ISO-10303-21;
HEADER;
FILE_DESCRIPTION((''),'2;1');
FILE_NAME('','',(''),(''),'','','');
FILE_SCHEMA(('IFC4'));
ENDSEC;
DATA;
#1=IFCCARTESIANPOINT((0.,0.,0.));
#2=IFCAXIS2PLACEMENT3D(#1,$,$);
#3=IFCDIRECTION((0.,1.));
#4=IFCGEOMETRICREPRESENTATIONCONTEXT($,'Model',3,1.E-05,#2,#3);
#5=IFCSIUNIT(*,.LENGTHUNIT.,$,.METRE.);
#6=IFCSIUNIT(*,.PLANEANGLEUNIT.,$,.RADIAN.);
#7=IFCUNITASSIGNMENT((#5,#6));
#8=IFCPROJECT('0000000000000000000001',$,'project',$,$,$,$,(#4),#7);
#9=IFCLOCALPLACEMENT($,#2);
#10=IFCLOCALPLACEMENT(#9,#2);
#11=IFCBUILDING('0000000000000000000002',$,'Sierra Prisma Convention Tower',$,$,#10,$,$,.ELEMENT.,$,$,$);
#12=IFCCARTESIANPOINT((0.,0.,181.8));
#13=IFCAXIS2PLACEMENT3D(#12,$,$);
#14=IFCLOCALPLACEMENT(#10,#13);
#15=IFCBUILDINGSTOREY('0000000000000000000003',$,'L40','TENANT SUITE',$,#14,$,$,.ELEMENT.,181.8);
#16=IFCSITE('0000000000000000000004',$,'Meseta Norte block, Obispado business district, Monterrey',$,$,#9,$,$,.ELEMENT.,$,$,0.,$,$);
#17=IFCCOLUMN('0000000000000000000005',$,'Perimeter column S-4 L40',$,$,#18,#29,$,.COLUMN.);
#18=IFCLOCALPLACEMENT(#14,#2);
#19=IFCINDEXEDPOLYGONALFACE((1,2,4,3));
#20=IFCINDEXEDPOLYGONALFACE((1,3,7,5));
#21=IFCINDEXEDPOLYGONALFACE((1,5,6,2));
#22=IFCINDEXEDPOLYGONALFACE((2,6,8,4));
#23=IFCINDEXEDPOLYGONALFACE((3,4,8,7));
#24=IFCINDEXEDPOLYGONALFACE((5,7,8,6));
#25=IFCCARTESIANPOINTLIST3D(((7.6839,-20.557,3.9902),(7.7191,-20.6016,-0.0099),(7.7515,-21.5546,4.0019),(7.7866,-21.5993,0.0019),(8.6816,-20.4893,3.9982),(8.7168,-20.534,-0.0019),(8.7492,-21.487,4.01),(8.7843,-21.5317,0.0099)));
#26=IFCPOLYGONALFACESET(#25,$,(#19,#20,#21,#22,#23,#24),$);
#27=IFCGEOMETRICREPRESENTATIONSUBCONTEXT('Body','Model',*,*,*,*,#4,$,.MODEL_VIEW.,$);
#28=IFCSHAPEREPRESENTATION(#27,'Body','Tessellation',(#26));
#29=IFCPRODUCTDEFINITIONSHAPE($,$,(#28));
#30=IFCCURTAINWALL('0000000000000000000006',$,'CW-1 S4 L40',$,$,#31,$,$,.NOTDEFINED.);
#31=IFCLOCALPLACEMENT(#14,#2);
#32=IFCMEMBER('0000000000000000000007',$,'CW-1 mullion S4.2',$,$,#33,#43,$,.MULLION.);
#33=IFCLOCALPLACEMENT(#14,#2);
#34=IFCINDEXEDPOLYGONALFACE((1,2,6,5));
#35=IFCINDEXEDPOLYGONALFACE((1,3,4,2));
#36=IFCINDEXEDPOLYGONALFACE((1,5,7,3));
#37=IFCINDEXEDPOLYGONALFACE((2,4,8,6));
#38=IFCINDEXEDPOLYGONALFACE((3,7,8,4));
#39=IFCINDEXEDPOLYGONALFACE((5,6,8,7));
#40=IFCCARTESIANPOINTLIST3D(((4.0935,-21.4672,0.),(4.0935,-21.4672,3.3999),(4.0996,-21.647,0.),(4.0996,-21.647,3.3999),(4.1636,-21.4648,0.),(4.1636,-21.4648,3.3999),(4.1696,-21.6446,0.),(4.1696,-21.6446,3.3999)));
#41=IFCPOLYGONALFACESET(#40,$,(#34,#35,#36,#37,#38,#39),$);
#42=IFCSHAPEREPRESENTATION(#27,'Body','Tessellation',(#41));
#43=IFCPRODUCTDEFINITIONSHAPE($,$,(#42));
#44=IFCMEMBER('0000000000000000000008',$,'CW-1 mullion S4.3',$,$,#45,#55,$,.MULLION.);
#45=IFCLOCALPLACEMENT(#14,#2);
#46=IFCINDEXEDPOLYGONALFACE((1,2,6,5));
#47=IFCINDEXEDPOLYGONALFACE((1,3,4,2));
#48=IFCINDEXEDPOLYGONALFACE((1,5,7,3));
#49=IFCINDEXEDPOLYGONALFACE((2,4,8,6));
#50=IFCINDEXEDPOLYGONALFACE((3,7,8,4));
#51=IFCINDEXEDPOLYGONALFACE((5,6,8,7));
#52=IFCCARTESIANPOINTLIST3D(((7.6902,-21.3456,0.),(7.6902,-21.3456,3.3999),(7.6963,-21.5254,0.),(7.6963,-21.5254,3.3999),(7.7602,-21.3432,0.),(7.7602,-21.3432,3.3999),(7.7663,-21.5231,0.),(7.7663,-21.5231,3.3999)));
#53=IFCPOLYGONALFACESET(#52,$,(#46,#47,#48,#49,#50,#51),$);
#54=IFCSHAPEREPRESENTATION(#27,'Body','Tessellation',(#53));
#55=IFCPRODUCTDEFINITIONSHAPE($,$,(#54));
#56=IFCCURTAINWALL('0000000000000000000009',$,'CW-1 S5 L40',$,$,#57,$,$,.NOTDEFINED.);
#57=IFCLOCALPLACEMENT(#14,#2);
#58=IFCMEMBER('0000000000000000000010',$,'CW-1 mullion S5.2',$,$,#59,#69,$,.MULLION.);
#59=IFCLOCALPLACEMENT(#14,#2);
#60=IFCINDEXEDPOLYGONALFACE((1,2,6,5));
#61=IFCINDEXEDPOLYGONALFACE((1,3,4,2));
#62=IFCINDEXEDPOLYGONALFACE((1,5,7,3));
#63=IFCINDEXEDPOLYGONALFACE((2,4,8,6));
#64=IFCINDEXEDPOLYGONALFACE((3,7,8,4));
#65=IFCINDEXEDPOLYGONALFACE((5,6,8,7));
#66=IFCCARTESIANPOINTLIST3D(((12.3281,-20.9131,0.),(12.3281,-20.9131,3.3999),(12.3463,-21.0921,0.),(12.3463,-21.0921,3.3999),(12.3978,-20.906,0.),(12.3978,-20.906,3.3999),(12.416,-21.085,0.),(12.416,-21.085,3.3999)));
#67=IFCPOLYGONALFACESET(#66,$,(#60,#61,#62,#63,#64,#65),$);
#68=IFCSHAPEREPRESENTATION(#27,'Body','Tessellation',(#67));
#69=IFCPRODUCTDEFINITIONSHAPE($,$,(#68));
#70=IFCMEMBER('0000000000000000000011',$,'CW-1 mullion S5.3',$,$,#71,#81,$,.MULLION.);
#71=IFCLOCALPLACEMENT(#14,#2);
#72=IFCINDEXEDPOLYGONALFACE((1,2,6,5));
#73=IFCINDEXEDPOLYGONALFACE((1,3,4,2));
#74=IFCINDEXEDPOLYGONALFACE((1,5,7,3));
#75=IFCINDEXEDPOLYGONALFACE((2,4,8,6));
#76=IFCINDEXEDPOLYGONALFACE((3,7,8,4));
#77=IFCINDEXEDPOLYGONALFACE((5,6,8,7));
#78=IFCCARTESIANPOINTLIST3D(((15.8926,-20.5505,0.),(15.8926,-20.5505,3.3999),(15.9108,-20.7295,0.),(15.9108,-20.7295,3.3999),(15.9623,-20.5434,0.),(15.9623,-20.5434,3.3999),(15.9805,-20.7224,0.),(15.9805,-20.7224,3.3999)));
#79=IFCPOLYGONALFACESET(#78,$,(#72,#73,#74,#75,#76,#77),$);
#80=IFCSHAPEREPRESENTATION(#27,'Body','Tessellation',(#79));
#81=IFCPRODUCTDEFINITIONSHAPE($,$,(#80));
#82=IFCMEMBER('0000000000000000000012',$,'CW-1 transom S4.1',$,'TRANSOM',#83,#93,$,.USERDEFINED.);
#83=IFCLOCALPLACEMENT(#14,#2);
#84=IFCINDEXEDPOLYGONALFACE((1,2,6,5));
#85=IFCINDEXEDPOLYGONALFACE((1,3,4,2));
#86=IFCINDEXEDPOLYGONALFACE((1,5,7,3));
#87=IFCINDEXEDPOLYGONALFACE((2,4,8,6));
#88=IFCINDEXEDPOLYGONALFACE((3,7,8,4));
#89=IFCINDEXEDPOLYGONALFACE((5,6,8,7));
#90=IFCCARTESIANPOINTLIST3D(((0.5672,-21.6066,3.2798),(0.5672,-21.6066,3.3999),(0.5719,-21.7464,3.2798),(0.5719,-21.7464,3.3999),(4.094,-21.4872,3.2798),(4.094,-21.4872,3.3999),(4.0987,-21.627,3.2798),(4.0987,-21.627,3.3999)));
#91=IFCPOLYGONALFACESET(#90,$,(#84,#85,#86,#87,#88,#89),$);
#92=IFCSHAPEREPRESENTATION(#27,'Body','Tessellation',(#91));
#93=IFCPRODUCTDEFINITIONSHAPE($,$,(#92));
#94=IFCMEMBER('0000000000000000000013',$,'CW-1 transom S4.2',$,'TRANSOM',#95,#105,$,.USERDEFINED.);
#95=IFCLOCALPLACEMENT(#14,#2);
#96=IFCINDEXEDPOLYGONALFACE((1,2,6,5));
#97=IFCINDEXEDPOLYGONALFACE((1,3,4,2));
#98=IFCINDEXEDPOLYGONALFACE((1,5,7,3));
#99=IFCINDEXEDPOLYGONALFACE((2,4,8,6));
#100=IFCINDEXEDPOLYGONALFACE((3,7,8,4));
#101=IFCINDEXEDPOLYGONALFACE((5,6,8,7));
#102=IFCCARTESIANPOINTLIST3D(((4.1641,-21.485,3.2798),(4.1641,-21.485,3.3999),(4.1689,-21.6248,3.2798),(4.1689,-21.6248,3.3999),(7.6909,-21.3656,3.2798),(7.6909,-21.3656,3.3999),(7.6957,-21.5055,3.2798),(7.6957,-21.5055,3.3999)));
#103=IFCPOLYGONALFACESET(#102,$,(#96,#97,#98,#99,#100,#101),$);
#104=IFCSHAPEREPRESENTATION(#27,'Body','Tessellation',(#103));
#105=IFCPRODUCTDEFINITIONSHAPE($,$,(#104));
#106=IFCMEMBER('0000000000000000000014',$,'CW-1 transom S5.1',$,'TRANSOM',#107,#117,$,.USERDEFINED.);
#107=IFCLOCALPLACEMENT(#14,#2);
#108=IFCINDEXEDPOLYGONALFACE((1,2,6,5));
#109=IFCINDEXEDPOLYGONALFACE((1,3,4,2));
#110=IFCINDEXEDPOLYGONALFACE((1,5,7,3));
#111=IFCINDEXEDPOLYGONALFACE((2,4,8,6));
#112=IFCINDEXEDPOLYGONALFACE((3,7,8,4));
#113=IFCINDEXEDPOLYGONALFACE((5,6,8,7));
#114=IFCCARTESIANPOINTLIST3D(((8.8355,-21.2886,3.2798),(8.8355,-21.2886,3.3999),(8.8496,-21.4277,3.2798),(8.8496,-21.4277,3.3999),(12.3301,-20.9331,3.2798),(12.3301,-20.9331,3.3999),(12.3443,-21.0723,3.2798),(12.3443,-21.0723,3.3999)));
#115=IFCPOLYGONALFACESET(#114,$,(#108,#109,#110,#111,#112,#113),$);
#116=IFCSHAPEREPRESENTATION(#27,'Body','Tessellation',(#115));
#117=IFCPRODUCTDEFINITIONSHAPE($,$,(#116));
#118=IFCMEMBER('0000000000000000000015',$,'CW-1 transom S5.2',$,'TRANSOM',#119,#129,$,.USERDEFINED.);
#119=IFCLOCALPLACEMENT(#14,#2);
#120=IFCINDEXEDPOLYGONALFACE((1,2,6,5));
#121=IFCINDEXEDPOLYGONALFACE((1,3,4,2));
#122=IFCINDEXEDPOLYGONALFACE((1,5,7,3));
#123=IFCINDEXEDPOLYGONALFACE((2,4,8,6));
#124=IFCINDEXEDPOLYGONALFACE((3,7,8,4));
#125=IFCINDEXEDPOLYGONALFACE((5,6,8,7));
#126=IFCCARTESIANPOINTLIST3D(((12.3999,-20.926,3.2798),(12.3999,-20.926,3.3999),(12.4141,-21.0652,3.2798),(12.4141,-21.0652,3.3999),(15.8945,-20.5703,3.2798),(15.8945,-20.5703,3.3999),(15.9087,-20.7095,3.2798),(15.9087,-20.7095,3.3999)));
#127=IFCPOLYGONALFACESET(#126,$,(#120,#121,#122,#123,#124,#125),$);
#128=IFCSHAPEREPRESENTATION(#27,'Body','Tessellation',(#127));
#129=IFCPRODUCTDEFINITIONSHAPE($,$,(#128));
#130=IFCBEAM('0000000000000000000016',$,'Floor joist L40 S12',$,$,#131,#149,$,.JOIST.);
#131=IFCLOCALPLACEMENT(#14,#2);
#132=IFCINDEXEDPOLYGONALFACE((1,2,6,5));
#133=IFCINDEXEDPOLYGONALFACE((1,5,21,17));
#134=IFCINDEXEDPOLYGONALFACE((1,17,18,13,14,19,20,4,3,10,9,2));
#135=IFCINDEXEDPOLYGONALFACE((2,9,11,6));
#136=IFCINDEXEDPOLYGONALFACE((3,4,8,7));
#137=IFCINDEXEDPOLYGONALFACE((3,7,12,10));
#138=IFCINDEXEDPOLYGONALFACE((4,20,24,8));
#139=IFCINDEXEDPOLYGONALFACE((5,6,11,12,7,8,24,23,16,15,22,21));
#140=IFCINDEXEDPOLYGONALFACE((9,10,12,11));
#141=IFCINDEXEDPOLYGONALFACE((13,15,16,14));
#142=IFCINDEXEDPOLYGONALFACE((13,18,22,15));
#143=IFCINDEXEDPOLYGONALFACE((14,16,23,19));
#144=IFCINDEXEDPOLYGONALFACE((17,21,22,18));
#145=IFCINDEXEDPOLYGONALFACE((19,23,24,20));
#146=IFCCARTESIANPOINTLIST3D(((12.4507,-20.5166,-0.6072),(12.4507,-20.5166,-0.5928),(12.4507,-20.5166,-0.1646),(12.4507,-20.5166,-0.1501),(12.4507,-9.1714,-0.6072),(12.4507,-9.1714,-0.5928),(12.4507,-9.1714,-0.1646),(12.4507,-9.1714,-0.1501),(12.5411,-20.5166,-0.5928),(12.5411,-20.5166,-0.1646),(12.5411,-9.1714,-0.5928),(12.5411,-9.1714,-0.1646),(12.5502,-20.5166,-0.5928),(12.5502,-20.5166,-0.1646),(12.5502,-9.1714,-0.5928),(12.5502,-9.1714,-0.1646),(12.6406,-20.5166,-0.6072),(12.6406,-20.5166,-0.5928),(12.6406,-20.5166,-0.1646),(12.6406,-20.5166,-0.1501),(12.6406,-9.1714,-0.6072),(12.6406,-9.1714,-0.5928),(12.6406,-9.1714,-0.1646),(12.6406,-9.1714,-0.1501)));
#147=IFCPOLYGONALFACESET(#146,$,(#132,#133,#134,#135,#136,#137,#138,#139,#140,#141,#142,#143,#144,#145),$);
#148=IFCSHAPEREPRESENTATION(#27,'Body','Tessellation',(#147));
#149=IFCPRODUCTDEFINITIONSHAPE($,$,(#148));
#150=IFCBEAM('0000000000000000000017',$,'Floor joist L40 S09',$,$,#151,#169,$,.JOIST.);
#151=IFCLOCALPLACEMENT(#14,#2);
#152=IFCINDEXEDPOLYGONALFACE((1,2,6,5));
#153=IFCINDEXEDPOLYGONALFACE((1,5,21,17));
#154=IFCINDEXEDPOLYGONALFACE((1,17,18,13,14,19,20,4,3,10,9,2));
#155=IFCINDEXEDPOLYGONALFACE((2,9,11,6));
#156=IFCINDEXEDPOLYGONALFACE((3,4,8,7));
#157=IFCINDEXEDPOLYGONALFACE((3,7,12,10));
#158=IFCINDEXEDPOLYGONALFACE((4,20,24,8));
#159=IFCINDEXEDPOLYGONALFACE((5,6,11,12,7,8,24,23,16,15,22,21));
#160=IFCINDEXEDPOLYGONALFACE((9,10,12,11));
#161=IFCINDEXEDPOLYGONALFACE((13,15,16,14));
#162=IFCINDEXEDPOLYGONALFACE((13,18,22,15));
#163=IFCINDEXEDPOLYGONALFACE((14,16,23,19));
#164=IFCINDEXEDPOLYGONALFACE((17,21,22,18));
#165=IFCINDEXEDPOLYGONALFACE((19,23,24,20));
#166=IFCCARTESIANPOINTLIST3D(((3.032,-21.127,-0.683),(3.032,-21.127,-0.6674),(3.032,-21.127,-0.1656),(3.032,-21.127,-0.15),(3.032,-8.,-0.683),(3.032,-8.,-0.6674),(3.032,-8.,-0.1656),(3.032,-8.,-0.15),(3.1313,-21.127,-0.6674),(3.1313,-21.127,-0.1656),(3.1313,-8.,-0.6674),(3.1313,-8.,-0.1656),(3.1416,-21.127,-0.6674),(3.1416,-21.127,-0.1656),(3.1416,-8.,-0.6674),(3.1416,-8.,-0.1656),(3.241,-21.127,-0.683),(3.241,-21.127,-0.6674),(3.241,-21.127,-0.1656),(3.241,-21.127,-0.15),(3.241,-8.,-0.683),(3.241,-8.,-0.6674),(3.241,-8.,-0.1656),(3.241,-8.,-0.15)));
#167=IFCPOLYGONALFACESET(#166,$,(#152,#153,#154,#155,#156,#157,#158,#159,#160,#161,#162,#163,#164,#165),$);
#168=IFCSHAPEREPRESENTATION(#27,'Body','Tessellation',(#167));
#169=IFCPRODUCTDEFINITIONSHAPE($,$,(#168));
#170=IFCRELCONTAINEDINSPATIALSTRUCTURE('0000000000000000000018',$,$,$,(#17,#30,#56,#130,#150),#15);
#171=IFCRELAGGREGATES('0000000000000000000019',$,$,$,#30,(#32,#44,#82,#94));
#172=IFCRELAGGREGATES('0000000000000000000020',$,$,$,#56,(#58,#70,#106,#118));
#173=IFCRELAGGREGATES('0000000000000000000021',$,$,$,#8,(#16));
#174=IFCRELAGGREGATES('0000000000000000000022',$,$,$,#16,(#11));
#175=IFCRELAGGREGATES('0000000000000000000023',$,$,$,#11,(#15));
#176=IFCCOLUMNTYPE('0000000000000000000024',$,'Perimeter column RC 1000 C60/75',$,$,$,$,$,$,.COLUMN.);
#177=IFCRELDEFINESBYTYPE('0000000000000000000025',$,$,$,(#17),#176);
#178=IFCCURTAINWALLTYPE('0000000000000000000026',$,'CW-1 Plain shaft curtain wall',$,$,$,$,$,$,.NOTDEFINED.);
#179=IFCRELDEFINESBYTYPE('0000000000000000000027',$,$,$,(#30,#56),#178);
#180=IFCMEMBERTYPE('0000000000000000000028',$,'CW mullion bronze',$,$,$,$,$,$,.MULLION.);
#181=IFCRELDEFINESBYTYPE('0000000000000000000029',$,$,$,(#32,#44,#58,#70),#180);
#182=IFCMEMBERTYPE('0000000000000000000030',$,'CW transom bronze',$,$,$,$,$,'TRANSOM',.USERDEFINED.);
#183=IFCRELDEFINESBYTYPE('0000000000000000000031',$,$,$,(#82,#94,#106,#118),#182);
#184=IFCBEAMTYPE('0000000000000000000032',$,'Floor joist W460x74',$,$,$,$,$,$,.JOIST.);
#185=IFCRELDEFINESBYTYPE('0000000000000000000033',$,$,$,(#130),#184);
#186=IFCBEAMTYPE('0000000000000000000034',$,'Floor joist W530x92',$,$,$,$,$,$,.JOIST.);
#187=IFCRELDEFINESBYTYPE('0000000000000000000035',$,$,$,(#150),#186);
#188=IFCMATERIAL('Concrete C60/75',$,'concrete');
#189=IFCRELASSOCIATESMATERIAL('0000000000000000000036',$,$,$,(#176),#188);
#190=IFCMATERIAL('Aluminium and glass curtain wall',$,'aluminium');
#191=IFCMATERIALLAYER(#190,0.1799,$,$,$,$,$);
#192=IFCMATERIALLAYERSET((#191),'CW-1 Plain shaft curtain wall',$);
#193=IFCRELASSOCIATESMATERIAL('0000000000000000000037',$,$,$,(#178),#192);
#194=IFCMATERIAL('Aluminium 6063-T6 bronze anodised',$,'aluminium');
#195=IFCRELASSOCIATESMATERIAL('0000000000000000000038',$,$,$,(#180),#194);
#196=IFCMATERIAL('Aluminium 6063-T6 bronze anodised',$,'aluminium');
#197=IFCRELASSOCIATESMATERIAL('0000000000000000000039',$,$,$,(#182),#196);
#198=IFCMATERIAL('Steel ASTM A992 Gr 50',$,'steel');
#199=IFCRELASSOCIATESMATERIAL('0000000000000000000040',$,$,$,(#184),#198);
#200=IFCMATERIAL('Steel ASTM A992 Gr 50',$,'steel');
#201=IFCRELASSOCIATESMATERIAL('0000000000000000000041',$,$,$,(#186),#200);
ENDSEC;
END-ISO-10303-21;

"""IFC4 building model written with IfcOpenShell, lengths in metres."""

from ifc_helpers import new_model, si_unit, direction, frame, origin, origin_2d, place, context, subcontext, project, spatial, rectangle, i_section, extrude, material, layer, layer_set, material_profile, profile_set, type_object, element, aggregate, save


model = new_model("IFC4")

# Units and contexts
model_context = context("Model", 3, precision=1e-05, world=origin(), true_north=direction((0.0, 1.0)))
body_context = subcontext(model_context, "Body", "Model", "MODEL_VIEW")
ifc_project = project(units=[si_unit("LENGTHUNIT", "METRE"), si_unit("PLANEANGLEUNIT", "RADIAN")], contexts=[model_context])

# Site, building, storey
site_placement = place(None, origin())
site = spatial("IfcSite", under=ifc_project, at=site_placement, Name="Meseta Norte block, Obispado business district, Monterrey", CompositionType="ELEMENT", RefElevation=0.0)
building_placement = place(site_placement, origin())
building = spatial("IfcBuilding", under=site, at=building_placement, Name="Sierra Prisma Convention Tower", CompositionType="ELEMENT")
storey_placement = place(building_placement, frame((0.0, 0.0, 181.8)))
storey = spatial("IfcBuildingStorey", under=building, at=storey_placement, Name="L40", Description="TENANT SUITE", CompositionType="ELEMENT", Elevation=181.8)

# Column
ifc_material_1 = material(Name="Concrete C60/75", Category="concrete")
ifc_material_profile_1 = material_profile(ifc_material_1, rectangle(XDim=1.0, YDim=1.0, at=origin_2d()), Name="Perimeter column RC 1000 C60/75")
ifc_profile_set_1 = profile_set([ifc_material_profile_1], Name="Concrete C60/75")
column_type = type_object("IfcColumnType", Name="Perimeter column RC 1000 C60/75", PredefinedType="COLUMN", material=ifc_profile_set_1)
column_placement = place(storey_placement, frame((8.2517, -21.0667, 0.0), z_axis=(-0.008788, 0.011168, 0.999899), x_axis=(0.997678, 0.067639, 0.008013)))
element("IfcColumn", 1, at=column_placement, inside=storey, type_object=column_type, Name="Perimeter column S-4 L40", PredefinedType="COLUMN", context=body_context, shape_type="SweptSolid", body=[
    extrude(rectangle(XDim=1.0, YDim=1.0, at=origin_2d()), origin(), (0.0, 0.0, 1.0), 4.0005),
])

# Curtain walls, members
ifc_material_2 = material(Name="Aluminium and glass curtain wall", Category="aluminium")
ifc_layer_1 = layer(ifc_material_2, 0.1799)
ifc_layer_set_1 = layer_set([ifc_layer_1], Name="CW-1 Plain shaft curtain wall")
curtain_wall_type = type_object("IfcCurtainWallType", Name="CW-1 Plain shaft curtain wall", PredefinedType="NOTDEFINED", material=ifc_layer_set_1)
curtain_wall_1_placement = place(storey_placement, origin())
curtain_wall_1 = element("IfcCurtainWall", 2, at=curtain_wall_1_placement, inside=storey, type_object=curtain_wall_type, Name="CW-1 S4 L40", PredefinedType="NOTDEFINED")
ifc_material_3 = material(Name="Aluminium 6063-T6 bronze anodised", Category="aluminium")
ifc_material_profile_2 = material_profile(ifc_material_3, rectangle(XDim=0.1799, YDim=0.0701, at=origin_2d()), Name="ALU MULLION 70x180")
ifc_profile_set_2 = profile_set([ifc_material_profile_2], Name="Aluminium 6063-T6 bronze anodised")
member_type_1 = type_object("IfcMemberType", Name="CW mullion bronze", PredefinedType="MULLION", material=ifc_profile_set_2)
member_1_placement = place(storey_placement, frame((4.1316, -21.5559, 0.0), z_axis=(0.0, 0.0, 1.0), x_axis=(-0.033792, 0.999429, 0.0)))
member_1 = element("IfcMember", 3, at=member_1_placement, type_object=member_type_1, Name="CW-1 mullion S4.2", PredefinedType="MULLION", context=body_context, shape_type="SweptSolid", body=[
    extrude(rectangle(XDim=0.1799, YDim=0.0701, at=origin_2d()), origin(), (0.0, 0.0, 1.0), 3.3999),
])
member_2_placement = place(storey_placement, frame((7.7283, -21.4343, 0.0), z_axis=(0.0, 0.0, 1.0), x_axis=(-0.033792, 0.999429, 0.0)))
member_2 = element("IfcMember", 4, at=member_2_placement, type_object=member_type_1, Name="CW-1 mullion S4.3", PredefinedType="MULLION", context=body_context, shape_type="SweptSolid", body=[
    extrude(rectangle(XDim=0.1799, YDim=0.0701, at=origin_2d()), origin(), (0.0, 0.0, 1.0), 3.3999),
])
curtain_wall_2_placement = place(storey_placement, origin())
curtain_wall_2 = element("IfcCurtainWall", 5, at=curtain_wall_2_placement, inside=storey, type_object=curtain_wall_type, Name="CW-1 S5 L40", PredefinedType="NOTDEFINED")
member_3_placement = place(storey_placement, frame((12.3721, -20.999, 0.0), z_axis=(0.0, 0.0, 1.0), x_axis=(-0.10122, 0.994864, 0.0)))
member_3 = element("IfcMember", 6, at=member_3_placement, type_object=member_type_1, Name="CW-1 mullion S5.2", PredefinedType="MULLION", context=body_context, shape_type="SweptSolid", body=[
    extrude(rectangle(XDim=0.1799, YDim=0.0701, at=origin_2d()), origin(), (0.0, 0.0, 1.0), 3.3999),
])
member_4_placement = place(storey_placement, frame((15.9365, -20.6365, 0.0), z_axis=(0.0, 0.0, 1.0), x_axis=(-0.10122, 0.994864, 0.0)))
member_4 = element("IfcMember", 7, at=member_4_placement, type_object=member_type_1, Name="CW-1 mullion S5.3", PredefinedType="MULLION", context=body_context, shape_type="SweptSolid", body=[
    extrude(rectangle(XDim=0.1799, YDim=0.0701, at=origin_2d()), origin(), (0.0, 0.0, 1.0), 3.3999),
])

# Members
ifc_material_4 = material(Name="Aluminium 6063-T6 bronze anodised", Category="aluminium")
ifc_material_profile_3 = material_profile(ifc_material_4, rectangle(XDim=0.1399, YDim=0.1201, at=origin_2d()), Name="ALU TRANSOM 120x140")
ifc_profile_set_3 = profile_set([ifc_material_profile_3], Name="Aluminium 6063-T6 bronze anodised")
member_type_2 = type_object("IfcMemberType", Name="CW transom bronze", ElementType="TRANSOM", PredefinedType="USERDEFINED", material=ifc_profile_set_3)
member_5_placement = place(storey_placement, frame((0.5696, -21.6765, 3.3398), z_axis=(0.999428, 0.033831, 0.0), x_axis=(-0.033831, 0.999428, 0.0)))
member_5 = element("IfcMember", 8, at=member_5_placement, type_object=member_type_2, Name="CW-1 transom S4.1", ObjectType="TRANSOM", PredefinedType="USERDEFINED", context=body_context, shape_type="SweptSolid", body=[
    extrude(rectangle(XDim=0.1399, YDim=0.1201, at=origin_2d()), origin(), (0.0, 0.0, 1.0), 3.5288),
])
member_6_placement = place(storey_placement, frame((4.1665, -21.5549, 3.3398), z_axis=(0.999428, 0.033831, 0.0), x_axis=(-0.033831, 0.999428, 0.0)))
member_6 = element("IfcMember", 9, at=member_6_placement, type_object=member_type_2, Name="CW-1 transom S4.2", ObjectType="TRANSOM", PredefinedType="USERDEFINED", context=body_context, shape_type="SweptSolid", body=[
    extrude(rectangle(XDim=0.1399, YDim=0.1201, at=origin_2d()), origin(), (0.0, 0.0, 1.0), 3.5288),
])
member_7_placement = place(storey_placement, frame((8.8425, -21.3582, 3.3398), z_axis=(0.994866, 0.101196, 0.0), x_axis=(-0.101196, 0.994866, 0.0)))
member_7 = element("IfcMember", 10, at=member_7_placement, type_object=member_type_2, Name="CW-1 transom S5.1", ObjectType="TRANSOM", PredefinedType="USERDEFINED", context=body_context, shape_type="SweptSolid", body=[
    extrude(rectangle(XDim=0.1399, YDim=0.1201, at=origin_2d()), origin(), (0.0, 0.0, 1.0), 3.5127),
])
member_8_placement = place(storey_placement, frame((12.407, -20.9956, 3.3398), z_axis=(0.994859, 0.101265, 0.0), x_axis=(-0.101265, 0.994859, 0.0)))
member_8 = element("IfcMember", 11, at=member_8_placement, type_object=member_type_2, Name="CW-1 transom S5.2", ObjectType="TRANSOM", PredefinedType="USERDEFINED", context=body_context, shape_type="SweptSolid", body=[
    extrude(rectangle(XDim=0.1399, YDim=0.1201, at=origin_2d()), origin(), (0.0, 0.0, 1.0), 3.5127),
])

# Beams
ifc_material_5 = material(Name="Steel ASTM A992 Gr 50", Category="steel")
ifc_material_profile_4 = material_profile(ifc_material_5, i_section(OverallWidth=0.1899, OverallDepth=0.457, WebThickness=0.009, FlangeThickness=0.0144, at=origin_2d()), Name="W460x74")
ifc_profile_set_4 = profile_set([ifc_material_profile_4], Name="Steel ASTM A992 Gr 50")
beam_type_1 = type_object("IfcBeamType", Name="Floor joist W460x74", PredefinedType="JOIST", material=ifc_profile_set_4)
beam_1_placement = place(storey_placement, frame((12.5457, -20.5166, -0.3787), z_axis=(0.0, 1.0, 0.0), x_axis=(-1.0, 0.0, 0.0)))
element("IfcBeam", 12, at=beam_1_placement, inside=storey, type_object=beam_type_1, Name="Floor joist L40 S12", PredefinedType="JOIST", context=body_context, shape_type="SweptSolid", body=[
    extrude(i_section(OverallWidth=0.1899, OverallDepth=0.457, WebThickness=0.009, FlangeThickness=0.0144, at=origin_2d()), origin(), (0.0, 0.0, 1.0), 11.3452),
])
ifc_material_6 = material(Name="Steel ASTM A992 Gr 50", Category="steel")
ifc_material_profile_5 = material_profile(ifc_material_6, i_section(OverallWidth=0.209, OverallDepth=0.533, WebThickness=0.0103, FlangeThickness=0.0156, at=origin_2d()), Name="W530x92")
ifc_profile_set_5 = profile_set([ifc_material_profile_5], Name="Steel ASTM A992 Gr 50")
beam_type_2 = type_object("IfcBeamType", Name="Floor joist W530x92", PredefinedType="JOIST", material=ifc_profile_set_5)
beam_2_placement = place(storey_placement, frame((3.1365, -21.127, -0.4165), z_axis=(0.0, 1.0, 0.0), x_axis=(-1.0, 0.0, 0.0)))
element("IfcBeam", 13, at=beam_2_placement, inside=storey, type_object=beam_type_2, Name="Floor joist L40 S09", PredefinedType="JOIST", context=body_context, shape_type="SweptSolid", body=[
    extrude(i_section(OverallWidth=0.209, OverallDepth=0.533, WebThickness=0.0103, FlangeThickness=0.0156, at=origin_2d()), origin(), (0.0, 0.0, 1.0), 13.127),
])

aggregate(curtain_wall_1, [member_1, member_2, member_5, member_6])
aggregate(curtain_wall_2, [member_3, member_4, member_7, member_8])

save(model, "model.ifc")
